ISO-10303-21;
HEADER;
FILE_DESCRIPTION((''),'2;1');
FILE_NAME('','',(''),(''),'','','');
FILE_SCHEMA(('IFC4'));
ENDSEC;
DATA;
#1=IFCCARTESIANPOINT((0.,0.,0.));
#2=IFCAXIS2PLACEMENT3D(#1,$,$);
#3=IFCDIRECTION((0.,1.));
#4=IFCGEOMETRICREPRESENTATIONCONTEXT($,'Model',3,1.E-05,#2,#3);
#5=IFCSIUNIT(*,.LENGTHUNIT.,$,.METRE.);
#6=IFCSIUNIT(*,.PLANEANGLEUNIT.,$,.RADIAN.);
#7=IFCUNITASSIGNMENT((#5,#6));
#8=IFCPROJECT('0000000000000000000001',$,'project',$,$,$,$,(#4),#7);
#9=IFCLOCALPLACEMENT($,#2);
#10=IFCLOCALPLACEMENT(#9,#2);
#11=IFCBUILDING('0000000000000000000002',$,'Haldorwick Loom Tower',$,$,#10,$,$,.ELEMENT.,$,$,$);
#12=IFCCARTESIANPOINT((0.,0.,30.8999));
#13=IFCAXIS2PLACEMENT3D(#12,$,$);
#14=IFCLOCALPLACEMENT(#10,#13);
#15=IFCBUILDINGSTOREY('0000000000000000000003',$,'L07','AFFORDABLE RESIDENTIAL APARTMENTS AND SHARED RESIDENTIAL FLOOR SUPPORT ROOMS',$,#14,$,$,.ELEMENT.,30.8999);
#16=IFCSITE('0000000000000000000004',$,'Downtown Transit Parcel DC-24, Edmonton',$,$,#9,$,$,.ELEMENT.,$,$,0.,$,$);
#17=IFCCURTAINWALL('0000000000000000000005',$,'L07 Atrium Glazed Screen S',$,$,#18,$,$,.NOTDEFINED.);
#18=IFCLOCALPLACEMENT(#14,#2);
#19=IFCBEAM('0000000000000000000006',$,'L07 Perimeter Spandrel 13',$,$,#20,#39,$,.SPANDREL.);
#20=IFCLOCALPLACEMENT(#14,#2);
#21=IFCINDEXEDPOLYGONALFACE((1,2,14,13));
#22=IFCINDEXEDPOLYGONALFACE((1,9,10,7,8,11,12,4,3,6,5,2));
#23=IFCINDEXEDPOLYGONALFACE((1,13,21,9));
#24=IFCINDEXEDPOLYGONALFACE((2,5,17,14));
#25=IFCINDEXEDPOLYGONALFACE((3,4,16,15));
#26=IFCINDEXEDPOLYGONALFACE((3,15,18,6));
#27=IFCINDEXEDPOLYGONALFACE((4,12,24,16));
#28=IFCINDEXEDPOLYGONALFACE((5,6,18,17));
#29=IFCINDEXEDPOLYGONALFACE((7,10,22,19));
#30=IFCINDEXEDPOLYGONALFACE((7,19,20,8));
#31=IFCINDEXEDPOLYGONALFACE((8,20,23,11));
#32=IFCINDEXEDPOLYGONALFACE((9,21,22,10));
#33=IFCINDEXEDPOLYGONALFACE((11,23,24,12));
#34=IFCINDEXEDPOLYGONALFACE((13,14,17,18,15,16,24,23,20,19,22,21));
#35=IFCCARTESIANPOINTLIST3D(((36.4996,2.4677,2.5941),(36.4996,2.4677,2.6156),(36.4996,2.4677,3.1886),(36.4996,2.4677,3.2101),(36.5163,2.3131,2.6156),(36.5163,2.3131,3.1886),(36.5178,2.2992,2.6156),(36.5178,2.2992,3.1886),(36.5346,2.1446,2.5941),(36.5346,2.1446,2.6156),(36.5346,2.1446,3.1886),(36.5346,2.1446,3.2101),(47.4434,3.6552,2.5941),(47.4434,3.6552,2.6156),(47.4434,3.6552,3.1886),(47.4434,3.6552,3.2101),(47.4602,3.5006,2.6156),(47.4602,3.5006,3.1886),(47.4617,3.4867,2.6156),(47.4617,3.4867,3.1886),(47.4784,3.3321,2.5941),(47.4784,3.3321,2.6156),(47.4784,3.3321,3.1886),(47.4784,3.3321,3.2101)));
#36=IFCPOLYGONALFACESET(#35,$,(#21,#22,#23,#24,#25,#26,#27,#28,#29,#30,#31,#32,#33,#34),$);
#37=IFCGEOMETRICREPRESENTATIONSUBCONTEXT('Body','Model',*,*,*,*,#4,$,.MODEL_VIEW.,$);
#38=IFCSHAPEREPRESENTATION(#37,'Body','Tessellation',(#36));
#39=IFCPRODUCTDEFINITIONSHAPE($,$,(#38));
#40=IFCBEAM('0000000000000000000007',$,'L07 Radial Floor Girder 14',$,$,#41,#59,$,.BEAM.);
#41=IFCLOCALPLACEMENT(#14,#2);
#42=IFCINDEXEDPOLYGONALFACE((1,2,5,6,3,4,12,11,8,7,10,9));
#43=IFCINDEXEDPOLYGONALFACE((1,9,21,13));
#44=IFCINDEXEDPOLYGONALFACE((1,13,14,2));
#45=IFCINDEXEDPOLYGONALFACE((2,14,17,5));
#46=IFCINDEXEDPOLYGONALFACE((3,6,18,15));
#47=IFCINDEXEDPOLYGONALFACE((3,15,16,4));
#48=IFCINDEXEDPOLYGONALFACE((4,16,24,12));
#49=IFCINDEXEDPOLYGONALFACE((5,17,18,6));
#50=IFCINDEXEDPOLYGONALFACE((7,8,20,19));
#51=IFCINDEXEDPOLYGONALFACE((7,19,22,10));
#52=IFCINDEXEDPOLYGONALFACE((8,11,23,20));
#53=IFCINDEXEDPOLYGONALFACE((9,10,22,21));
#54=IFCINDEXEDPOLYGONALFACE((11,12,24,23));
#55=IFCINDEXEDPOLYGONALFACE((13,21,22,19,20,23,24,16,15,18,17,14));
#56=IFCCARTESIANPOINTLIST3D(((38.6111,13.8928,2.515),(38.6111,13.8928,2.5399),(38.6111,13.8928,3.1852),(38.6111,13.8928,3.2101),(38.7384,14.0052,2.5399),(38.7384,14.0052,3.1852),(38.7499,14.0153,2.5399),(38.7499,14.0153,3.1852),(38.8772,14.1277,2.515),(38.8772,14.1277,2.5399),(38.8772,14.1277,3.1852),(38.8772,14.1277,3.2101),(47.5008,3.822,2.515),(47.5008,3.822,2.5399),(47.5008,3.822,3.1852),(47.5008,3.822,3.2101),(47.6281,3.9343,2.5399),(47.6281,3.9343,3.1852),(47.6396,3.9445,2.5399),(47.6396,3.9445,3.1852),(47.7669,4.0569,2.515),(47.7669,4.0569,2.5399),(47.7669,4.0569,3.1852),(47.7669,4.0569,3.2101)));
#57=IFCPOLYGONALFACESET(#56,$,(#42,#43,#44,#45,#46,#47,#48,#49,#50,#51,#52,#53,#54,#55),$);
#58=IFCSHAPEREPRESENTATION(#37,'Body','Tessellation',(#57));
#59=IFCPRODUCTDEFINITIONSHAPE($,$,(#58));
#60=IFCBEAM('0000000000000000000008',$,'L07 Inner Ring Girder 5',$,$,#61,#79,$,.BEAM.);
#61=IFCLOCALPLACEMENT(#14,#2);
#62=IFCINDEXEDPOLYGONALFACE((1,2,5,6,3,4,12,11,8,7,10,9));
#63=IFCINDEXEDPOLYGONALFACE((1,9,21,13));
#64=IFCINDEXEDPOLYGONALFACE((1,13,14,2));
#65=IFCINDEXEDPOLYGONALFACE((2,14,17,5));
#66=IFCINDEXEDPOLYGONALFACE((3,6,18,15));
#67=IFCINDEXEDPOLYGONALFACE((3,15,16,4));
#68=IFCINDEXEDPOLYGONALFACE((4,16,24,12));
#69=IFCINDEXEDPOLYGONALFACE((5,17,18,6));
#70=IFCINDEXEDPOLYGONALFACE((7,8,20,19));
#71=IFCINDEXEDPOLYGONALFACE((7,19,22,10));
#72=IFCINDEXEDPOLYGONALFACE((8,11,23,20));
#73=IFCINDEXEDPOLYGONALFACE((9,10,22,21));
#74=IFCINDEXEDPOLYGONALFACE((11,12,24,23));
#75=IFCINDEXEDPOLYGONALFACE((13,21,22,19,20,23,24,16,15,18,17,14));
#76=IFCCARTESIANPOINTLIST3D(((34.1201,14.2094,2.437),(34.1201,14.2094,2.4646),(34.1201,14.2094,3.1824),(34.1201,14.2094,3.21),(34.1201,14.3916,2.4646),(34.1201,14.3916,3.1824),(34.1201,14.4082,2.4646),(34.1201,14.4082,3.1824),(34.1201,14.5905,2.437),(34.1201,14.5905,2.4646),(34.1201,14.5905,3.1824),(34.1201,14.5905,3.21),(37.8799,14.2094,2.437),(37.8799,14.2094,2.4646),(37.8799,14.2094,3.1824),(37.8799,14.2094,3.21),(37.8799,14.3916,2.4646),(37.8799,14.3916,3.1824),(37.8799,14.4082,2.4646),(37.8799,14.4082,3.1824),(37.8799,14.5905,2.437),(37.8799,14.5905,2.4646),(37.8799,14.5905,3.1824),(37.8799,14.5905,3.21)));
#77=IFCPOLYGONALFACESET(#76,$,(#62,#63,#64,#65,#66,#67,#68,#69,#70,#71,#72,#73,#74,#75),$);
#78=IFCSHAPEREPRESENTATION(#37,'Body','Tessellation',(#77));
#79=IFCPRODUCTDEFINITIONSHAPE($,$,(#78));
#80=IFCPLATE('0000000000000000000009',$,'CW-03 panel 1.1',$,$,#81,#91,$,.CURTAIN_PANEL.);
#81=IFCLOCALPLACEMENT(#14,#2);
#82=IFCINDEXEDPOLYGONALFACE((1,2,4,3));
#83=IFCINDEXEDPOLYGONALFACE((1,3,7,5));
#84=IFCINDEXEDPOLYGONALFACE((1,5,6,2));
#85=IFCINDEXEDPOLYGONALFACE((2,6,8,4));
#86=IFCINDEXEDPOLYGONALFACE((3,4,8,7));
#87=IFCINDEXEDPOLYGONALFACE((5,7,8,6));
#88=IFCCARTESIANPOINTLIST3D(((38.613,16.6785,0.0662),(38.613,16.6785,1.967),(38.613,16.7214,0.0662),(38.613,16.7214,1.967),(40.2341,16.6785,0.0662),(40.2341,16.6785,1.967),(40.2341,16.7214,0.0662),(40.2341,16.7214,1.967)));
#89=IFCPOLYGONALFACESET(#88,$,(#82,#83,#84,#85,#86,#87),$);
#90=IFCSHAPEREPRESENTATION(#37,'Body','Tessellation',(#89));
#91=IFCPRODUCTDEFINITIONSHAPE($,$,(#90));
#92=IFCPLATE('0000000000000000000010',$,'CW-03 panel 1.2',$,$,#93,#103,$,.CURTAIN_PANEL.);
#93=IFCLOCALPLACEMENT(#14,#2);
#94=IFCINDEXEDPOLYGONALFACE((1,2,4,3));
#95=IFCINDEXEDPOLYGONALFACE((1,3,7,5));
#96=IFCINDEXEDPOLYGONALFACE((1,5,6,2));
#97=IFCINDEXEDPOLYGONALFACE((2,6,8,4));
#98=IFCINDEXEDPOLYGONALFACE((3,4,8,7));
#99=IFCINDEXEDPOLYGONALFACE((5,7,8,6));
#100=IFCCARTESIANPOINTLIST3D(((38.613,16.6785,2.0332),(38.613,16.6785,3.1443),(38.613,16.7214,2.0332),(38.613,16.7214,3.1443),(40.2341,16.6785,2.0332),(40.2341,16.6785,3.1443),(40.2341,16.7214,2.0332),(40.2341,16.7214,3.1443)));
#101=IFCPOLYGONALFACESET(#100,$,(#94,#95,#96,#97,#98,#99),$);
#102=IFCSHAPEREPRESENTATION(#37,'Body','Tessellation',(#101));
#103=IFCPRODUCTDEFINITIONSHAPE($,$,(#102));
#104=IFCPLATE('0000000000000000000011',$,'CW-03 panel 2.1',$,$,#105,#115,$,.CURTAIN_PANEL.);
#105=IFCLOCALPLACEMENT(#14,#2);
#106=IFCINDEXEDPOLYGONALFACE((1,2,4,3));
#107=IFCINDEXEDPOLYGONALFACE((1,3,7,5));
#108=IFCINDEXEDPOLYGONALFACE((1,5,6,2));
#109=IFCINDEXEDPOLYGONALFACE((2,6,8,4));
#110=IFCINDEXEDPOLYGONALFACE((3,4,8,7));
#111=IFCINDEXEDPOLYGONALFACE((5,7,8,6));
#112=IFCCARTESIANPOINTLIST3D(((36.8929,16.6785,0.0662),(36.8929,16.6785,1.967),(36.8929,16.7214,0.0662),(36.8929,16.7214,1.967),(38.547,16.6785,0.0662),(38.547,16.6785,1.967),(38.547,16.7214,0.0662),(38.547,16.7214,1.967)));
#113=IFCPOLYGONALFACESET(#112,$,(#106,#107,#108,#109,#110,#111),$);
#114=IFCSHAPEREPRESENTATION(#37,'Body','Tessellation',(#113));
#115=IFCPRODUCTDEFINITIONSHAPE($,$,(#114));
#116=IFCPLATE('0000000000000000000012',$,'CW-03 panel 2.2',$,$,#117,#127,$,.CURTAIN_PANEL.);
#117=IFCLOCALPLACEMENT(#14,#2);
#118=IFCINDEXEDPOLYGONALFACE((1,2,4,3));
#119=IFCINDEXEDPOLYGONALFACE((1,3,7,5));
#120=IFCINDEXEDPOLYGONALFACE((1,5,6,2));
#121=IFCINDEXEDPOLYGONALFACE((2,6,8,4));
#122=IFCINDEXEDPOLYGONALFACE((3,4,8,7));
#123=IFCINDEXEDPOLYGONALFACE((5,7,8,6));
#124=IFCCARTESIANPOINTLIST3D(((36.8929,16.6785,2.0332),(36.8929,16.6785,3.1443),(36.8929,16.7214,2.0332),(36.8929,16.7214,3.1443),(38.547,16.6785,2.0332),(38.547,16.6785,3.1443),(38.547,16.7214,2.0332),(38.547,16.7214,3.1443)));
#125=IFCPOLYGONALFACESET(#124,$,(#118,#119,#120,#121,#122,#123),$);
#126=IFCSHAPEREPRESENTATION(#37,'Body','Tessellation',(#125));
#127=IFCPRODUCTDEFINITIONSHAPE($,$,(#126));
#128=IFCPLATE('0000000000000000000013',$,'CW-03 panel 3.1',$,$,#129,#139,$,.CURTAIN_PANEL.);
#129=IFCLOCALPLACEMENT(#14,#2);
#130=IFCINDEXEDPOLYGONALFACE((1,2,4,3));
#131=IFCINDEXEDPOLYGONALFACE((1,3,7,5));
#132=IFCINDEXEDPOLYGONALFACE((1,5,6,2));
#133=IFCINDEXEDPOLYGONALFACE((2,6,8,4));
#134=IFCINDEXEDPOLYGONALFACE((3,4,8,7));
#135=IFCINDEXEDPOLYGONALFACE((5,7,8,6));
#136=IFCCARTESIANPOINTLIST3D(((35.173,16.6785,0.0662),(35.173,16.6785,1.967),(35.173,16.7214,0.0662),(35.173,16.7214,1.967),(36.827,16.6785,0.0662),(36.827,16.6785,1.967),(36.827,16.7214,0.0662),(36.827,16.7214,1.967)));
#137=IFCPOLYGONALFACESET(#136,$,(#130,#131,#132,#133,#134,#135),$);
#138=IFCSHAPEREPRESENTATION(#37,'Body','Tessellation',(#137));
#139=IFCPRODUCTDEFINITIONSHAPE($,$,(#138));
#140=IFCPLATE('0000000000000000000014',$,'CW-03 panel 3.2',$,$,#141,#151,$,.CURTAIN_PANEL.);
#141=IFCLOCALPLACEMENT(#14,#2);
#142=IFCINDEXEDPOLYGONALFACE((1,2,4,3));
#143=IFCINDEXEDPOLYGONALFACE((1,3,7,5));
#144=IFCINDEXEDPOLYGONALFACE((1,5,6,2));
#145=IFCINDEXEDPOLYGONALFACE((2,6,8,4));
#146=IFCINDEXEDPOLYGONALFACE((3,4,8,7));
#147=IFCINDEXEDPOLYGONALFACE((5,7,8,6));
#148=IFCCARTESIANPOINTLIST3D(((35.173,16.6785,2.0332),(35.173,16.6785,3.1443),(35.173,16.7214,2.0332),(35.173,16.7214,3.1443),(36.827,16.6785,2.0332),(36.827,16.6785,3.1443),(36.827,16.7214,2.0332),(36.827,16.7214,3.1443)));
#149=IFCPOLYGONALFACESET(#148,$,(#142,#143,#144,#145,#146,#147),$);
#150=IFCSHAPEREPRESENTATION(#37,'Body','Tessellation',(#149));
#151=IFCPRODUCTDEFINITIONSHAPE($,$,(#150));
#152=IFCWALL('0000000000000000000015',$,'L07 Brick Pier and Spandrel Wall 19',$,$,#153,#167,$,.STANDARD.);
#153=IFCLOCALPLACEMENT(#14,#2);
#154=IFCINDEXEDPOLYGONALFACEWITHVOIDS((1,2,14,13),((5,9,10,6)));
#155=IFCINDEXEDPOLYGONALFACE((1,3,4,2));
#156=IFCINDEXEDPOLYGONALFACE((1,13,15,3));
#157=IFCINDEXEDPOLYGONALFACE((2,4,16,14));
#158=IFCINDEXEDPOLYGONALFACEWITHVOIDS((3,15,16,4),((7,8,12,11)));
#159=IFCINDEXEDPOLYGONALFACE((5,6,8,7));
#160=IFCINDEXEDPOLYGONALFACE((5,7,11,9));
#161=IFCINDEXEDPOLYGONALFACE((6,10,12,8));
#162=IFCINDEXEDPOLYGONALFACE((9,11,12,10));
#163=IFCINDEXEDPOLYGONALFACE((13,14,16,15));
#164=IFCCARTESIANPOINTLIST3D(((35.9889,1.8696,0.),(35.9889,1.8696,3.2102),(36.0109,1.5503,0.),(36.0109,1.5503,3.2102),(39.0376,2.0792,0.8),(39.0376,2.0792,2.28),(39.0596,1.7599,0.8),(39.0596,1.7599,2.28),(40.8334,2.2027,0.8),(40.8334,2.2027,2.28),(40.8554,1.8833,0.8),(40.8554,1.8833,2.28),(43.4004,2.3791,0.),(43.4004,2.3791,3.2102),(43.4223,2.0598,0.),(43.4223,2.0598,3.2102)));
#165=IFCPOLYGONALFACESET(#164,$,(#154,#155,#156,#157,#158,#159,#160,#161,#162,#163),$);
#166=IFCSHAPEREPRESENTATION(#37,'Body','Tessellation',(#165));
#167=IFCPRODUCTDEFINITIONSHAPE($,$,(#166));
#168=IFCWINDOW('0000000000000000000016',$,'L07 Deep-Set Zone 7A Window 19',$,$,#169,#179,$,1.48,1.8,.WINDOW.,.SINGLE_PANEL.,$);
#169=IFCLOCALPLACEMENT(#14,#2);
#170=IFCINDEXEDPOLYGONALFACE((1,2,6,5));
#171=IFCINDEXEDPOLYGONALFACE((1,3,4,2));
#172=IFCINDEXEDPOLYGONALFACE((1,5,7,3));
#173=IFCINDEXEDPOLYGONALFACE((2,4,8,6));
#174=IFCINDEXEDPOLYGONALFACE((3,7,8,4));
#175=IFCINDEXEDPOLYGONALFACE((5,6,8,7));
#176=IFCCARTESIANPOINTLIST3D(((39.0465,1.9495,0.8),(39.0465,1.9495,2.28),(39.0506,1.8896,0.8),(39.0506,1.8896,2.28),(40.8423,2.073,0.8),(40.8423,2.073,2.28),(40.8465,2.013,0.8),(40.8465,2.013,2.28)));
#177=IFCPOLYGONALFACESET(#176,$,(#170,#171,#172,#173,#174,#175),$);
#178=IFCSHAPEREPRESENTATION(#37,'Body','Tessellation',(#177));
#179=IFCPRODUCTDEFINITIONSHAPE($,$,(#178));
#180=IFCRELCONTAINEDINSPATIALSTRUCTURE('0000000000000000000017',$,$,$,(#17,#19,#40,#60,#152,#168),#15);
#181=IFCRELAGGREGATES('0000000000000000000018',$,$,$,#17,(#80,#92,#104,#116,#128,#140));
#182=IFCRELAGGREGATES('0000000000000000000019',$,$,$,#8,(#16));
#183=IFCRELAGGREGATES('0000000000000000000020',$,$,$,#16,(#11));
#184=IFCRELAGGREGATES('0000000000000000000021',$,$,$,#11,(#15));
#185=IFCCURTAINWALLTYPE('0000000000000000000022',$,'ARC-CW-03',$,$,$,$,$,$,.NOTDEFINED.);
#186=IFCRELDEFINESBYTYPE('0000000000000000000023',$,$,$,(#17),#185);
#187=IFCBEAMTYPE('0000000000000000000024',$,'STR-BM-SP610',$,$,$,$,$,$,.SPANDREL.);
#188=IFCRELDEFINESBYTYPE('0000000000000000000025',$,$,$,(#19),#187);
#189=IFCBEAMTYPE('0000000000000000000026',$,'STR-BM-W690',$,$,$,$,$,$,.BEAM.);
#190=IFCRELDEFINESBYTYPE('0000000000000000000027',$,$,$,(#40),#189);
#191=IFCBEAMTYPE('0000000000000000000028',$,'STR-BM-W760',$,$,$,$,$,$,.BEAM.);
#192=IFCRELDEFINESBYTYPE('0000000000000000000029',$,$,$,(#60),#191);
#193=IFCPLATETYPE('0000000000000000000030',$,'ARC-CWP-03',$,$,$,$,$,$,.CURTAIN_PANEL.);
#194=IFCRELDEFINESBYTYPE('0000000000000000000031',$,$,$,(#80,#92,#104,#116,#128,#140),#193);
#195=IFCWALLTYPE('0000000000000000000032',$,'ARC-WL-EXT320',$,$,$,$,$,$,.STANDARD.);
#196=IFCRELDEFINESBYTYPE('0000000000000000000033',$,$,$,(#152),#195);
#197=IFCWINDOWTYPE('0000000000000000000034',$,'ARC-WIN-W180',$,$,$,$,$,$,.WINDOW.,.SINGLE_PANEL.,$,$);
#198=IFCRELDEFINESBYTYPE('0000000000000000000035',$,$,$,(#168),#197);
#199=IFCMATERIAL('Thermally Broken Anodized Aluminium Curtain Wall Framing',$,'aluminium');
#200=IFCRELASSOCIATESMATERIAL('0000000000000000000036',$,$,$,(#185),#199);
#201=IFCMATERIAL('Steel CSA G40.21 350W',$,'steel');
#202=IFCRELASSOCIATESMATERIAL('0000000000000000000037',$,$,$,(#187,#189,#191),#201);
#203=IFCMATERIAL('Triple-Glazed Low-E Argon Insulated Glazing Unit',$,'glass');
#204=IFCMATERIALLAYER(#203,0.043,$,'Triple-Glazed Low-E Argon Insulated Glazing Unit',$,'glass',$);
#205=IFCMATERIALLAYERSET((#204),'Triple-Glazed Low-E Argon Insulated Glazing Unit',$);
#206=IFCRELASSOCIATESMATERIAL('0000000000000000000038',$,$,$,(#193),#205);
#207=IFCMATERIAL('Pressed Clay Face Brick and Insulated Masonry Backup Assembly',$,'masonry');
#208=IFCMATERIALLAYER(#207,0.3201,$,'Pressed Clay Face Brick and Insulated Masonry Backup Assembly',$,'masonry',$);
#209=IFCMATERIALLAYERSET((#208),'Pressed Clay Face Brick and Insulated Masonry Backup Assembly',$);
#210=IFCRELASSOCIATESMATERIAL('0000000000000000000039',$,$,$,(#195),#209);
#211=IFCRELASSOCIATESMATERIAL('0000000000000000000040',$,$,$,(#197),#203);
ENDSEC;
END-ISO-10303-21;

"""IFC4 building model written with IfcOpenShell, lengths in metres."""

from ifc_helpers import new_model, si_unit, direction, frame, frame_2d, origin, origin_2d, place, context, subcontext, project, spatial, rectangle, i_section, extrude, material, layer, layer_set, material_profile, profile_set, type_object, element, fill, aggregate, save


model = new_model("IFC4")

# Units and contexts
model_context = context("Model", 3, precision=1e-05, world=origin(), true_north=direction((0.0, 1.0)))
body_context = subcontext(model_context, "Body", "Model", "MODEL_VIEW")
ifc_project = project(units=[si_unit("LENGTHUNIT", "METRE"), si_unit("PLANEANGLEUNIT", "RADIAN")], contexts=[model_context])

# Site, building, storey
site_placement = place(None, origin())
site = spatial("IfcSite", under=ifc_project, at=site_placement, Name="Downtown Transit Parcel DC-24, Edmonton", CompositionType="ELEMENT", RefElevation=0.0)
building_placement = place(site_placement, origin())
building = spatial("IfcBuilding", under=site, at=building_placement, Name="Haldorwick Loom Tower", CompositionType="ELEMENT")
storey_placement = place(building_placement, frame((0.0, 0.0, 30.8999)))
storey = spatial("IfcBuildingStorey", under=building, at=storey_placement, Name="L07", Description="AFFORDABLE RESIDENTIAL APARTMENTS AND SHARED RESIDENTIAL FLOOR SUPPORT ROOMS", CompositionType="ELEMENT", Elevation=30.8999)

# Curtain wall
ifc_material_1 = material(Name="Thermally Broken Anodized Aluminium Curtain Wall Framing", Category="aluminium")
curtain_wall_type = type_object("IfcCurtainWallType", Name="ARC-CW-03", PredefinedType="NOTDEFINED", material=ifc_material_1)
curtain_wall_placement = place(storey_placement, origin())
curtain_wall = element("IfcCurtainWall", 1, at=curtain_wall_placement, inside=storey, type_object=curtain_wall_type, Name="L07 Atrium Glazed Screen S", PredefinedType="NOTDEFINED")

# Beams
ifc_material_2 = material(Name="Steel CSA G40.21 350W", Category="steel")
ifc_material_profile_1 = material_profile(ifc_material_2, i_section(OverallWidth=0.325, OverallDepth=0.616, WebThickness=0.0139, FlangeThickness=0.0215, at=origin_2d()), Name="W610X174", Category="steel")
ifc_profile_set_1 = profile_set([ifc_material_profile_1], Name="Steel CSA G40.21 350W")
beam_type_1 = type_object("IfcBeamType", Name="STR-BM-SP610", PredefinedType="SPANDREL", material=ifc_profile_set_1)
beam_1_placement = place(storey_placement, frame((36.5171, 2.3062, 2.9021), z_axis=(0.994164, 0.107875, 0.0), x_axis=(-0.107875, 0.994164, 0.0)))
element("IfcBeam", 2, at=beam_1_placement, inside=storey, type_object=beam_type_1, Name="L07 Perimeter Spandrel 13", PredefinedType="SPANDREL", context=body_context, shape_type="SweptSolid", body=[
    extrude(i_section(OverallWidth=0.325, OverallDepth=0.616, WebThickness=0.0139, FlangeThickness=0.0215, at=origin_2d()), origin(), (0.0, 0.0, 1.0), 11.0081),
])
ifc_material_profile_2 = material_profile(ifc_material_2, i_section(OverallWidth=0.355, OverallDepth=0.6951, WebThickness=0.0154, FlangeThickness=0.0249, at=origin_2d()), Name="W690X217", Category="steel")
ifc_profile_set_2 = profile_set([ifc_material_profile_2], Name="Steel CSA G40.21 350W")
beam_type_2 = type_object("IfcBeamType", Name="STR-BM-W690", PredefinedType="BEAM", material=ifc_profile_set_2)
beam_2_placement = place(storey_placement, frame((38.7441, 14.0103, 2.8625), z_axis=(0.661774, -0.749703, 0.0), x_axis=(0.749703, 0.661774, 0.0)))
element("IfcBeam", 3, at=beam_2_placement, inside=storey, type_object=beam_type_2, Name="L07 Radial Floor Girder 14", PredefinedType="BEAM", context=body_context, shape_type="SweptSolid", body=[
    extrude(i_section(OverallWidth=0.355, OverallDepth=0.6951, WebThickness=0.0154, FlangeThickness=0.0249, at=origin_2d()), origin(), (0.0, 0.0, 1.0), 13.4331),
])
ifc_material_profile_3 = material_profile(ifc_material_2, i_section(OverallWidth=0.3811, OverallDepth=0.7729, WebThickness=0.0166, FlangeThickness=0.0276, at=origin_2d()), Name="W760X257", Category="steel")
ifc_profile_set_3 = profile_set([ifc_material_profile_3], Name="Steel CSA G40.21 350W")
beam_type_3 = type_object("IfcBeamType", Name="STR-BM-W760", PredefinedType="BEAM", material=ifc_profile_set_3)
beam_3_placement = place(storey_placement, frame((37.8799, 14.3999, 2.8235), z_axis=(-1.0, 0.0, 0.0), x_axis=(0.0, -1.0, 0.0)))
element("IfcBeam", 4, at=beam_3_placement, inside=storey, type_object=beam_type_3, Name="L07 Inner Ring Girder 5", PredefinedType="BEAM", context=body_context, shape_type="SweptSolid", body=[
    extrude(i_section(OverallWidth=0.3811, OverallDepth=0.7729, WebThickness=0.0166, FlangeThickness=0.0276, at=origin_2d()), origin(), (0.0, 0.0, 1.0), 3.7598),
])

# Plates
ifc_material_3 = material(Name="Triple-Glazed Low-E Argon Insulated Glazing Unit", Category="glass")
ifc_layer_1 = layer(ifc_material_3, 0.043, Name="Triple-Glazed Low-E Argon Insulated Glazing Unit", Category="glass")
ifc_layer_set_1 = layer_set([ifc_layer_1], Name="Triple-Glazed Low-E Argon Insulated Glazing Unit")
plate_type = type_object("IfcPlateType", Name="ARC-CWP-03", PredefinedType="CURTAIN_PANEL", material=ifc_layer_set_1)
plate_1_placement = place(storey_placement, frame((39.4236, 16.7, 0.0662), z_axis=(0.0, 0.0, 1.0), x_axis=(-1.0, 0.0, 0.0)))
plate_1 = element("IfcPlate", 5, at=plate_1_placement, type_object=plate_type, Name="CW-03 panel 1.1", PredefinedType="CURTAIN_PANEL", context=body_context, shape_type="SweptSolid", body=[
    extrude(rectangle(XDim=1.6211, YDim=0.043, at=origin_2d()), origin(), (0.0, 0.0, 1.0), 1.9009),
])
plate_2_placement = place(storey_placement, frame((39.4236, 16.7, 2.0332), z_axis=(0.0, 0.0, 1.0), x_axis=(-1.0, 0.0, 0.0)))
plate_2 = element("IfcPlate", 6, at=plate_2_placement, type_object=plate_type, Name="CW-03 panel 1.2", PredefinedType="CURTAIN_PANEL", context=body_context, shape_type="SweptSolid", body=[
    extrude(rectangle(XDim=1.6211, YDim=0.043, at=origin_2d()), origin(), (0.0, 0.0, 1.0), 1.1111),
])
plate_3_placement = place(storey_placement, frame((37.72, 16.7, 0.0662), z_axis=(0.0, 0.0, 1.0), x_axis=(-1.0, 0.0, 0.0)))
plate_3 = element("IfcPlate", 7, at=plate_3_placement, type_object=plate_type, Name="CW-03 panel 2.1", PredefinedType="CURTAIN_PANEL", context=body_context, shape_type="SweptSolid", body=[
    extrude(rectangle(XDim=1.6541, YDim=0.043, at=origin_2d()), origin(), (0.0, 0.0, 1.0), 1.9009),
])
plate_4_placement = place(storey_placement, frame((37.72, 16.7, 2.0332), z_axis=(0.0, 0.0, 1.0), x_axis=(-1.0, 0.0, 0.0)))
plate_4 = element("IfcPlate", 8, at=plate_4_placement, type_object=plate_type, Name="CW-03 panel 2.2", PredefinedType="CURTAIN_PANEL", context=body_context, shape_type="SweptSolid", body=[
    extrude(rectangle(XDim=1.6541, YDim=0.043, at=origin_2d()), origin(), (0.0, 0.0, 1.0), 1.1111),
])
plate_5_placement = place(storey_placement, frame((36.0, 16.7, 0.0662), z_axis=(0.0, 0.0, 1.0), x_axis=(-1.0, 0.0, 0.0)))
plate_5 = element("IfcPlate", 9, at=plate_5_placement, type_object=plate_type, Name="CW-03 panel 3.1", PredefinedType="CURTAIN_PANEL", context=body_context, shape_type="SweptSolid", body=[
    extrude(rectangle(XDim=1.6541, YDim=0.043, at=origin_2d()), origin(), (0.0, 0.0, 1.0), 1.9009),
])
plate_6_placement = place(storey_placement, frame((36.0, 16.7, 2.0332), z_axis=(0.0, 0.0, 1.0), x_axis=(-1.0, 0.0, 0.0)))
plate_6 = element("IfcPlate", 10, at=plate_6_placement, type_object=plate_type, Name="CW-03 panel 3.2", PredefinedType="CURTAIN_PANEL", context=body_context, shape_type="SweptSolid", body=[
    extrude(rectangle(XDim=1.6541, YDim=0.043, at=origin_2d()), origin(), (0.0, 0.0, 1.0), 1.1111),
])
aggregate(curtain_wall, [plate_1, plate_2, plate_3, plate_4, plate_5, plate_6])

# Wall, opening, window
ifc_material_4 = material(Name="Pressed Clay Face Brick and Insulated Masonry Backup Assembly", Category="masonry")
ifc_layer_2 = layer(ifc_material_4, 0.3201, Name="Pressed Clay Face Brick and Insulated Masonry Backup Assembly", Category="masonry")
ifc_layer_set_2 = layer_set([ifc_layer_2], Name="Pressed Clay Face Brick and Insulated Masonry Backup Assembly")
wall_type_1 = type_object("IfcWallType", Name="ARC-WL-EXT320", PredefinedType="STANDARD", material=ifc_layer_set_2)
wall_1_placement = place(storey_placement, frame((36.0, 1.71, 0.0), z_axis=(0.0, 0.0, 1.0), x_axis=(0.997645, 0.068587, 0.0)))
wall_1 = element("IfcWall", 11, at=wall_1_placement, inside=storey, type_object=wall_type_1, Name="L07 Brick Pier and Spandrel Wall 19", PredefinedType="STANDARD", context=body_context, shape_type="SweptSolid", body=[
    extrude(rectangle(XDim=7.429, YDim=0.3201, at=frame_2d((3.7144, 0.0))), origin(), (0.0, 0.0, 1.0), 3.2102),
])
opening_placement = place(wall_1_placement, frame((3.0559, 0.0, 0.8)))
opening = element("IfcOpeningElement", 12, at=opening_placement, cuts=wall_1, PredefinedType="OPENING", context=body_context, shape_type="SweptSolid", body=[
    extrude(rectangle(XDim=1.8, YDim=1.48, at=frame_2d((0.8999, 0.74))), frame((0.0, 0.1699, 0.0), z_axis=(0.0, -1.0, 0.0), x_axis=(1.0, 0.0, 0.0)), (0.0, 0.0, 1.0), 0.3401),
])
window_type = type_object("IfcWindowType", Name="ARC-WIN-W180", PartitioningType="SINGLE_PANEL", PredefinedType="WINDOW", material=ifc_material_3)
window_placement = place(opening_placement, origin())
window = element("IfcWindow", 13, at=window_placement, inside=storey, type_object=window_type, Name="L07 Deep-Set Zone 7A Window 19", OverallHeight=1.48, OverallWidth=1.8, PartitioningType="SINGLE_PANEL", PredefinedType="WINDOW", context=body_context, shape_type="SweptSolid", body=[
    extrude(rectangle(XDim=1.8, YDim=1.48, at=frame_2d((0.8999, 0.74))), frame((0.0, 0.03, 0.0), z_axis=(0.0, -1.0, 0.0), x_axis=(1.0, 0.0, 0.0)), (0.0, 0.0, 1.0), 0.0601),
])
fill(opening, window)

save(model, "model.ifc")
